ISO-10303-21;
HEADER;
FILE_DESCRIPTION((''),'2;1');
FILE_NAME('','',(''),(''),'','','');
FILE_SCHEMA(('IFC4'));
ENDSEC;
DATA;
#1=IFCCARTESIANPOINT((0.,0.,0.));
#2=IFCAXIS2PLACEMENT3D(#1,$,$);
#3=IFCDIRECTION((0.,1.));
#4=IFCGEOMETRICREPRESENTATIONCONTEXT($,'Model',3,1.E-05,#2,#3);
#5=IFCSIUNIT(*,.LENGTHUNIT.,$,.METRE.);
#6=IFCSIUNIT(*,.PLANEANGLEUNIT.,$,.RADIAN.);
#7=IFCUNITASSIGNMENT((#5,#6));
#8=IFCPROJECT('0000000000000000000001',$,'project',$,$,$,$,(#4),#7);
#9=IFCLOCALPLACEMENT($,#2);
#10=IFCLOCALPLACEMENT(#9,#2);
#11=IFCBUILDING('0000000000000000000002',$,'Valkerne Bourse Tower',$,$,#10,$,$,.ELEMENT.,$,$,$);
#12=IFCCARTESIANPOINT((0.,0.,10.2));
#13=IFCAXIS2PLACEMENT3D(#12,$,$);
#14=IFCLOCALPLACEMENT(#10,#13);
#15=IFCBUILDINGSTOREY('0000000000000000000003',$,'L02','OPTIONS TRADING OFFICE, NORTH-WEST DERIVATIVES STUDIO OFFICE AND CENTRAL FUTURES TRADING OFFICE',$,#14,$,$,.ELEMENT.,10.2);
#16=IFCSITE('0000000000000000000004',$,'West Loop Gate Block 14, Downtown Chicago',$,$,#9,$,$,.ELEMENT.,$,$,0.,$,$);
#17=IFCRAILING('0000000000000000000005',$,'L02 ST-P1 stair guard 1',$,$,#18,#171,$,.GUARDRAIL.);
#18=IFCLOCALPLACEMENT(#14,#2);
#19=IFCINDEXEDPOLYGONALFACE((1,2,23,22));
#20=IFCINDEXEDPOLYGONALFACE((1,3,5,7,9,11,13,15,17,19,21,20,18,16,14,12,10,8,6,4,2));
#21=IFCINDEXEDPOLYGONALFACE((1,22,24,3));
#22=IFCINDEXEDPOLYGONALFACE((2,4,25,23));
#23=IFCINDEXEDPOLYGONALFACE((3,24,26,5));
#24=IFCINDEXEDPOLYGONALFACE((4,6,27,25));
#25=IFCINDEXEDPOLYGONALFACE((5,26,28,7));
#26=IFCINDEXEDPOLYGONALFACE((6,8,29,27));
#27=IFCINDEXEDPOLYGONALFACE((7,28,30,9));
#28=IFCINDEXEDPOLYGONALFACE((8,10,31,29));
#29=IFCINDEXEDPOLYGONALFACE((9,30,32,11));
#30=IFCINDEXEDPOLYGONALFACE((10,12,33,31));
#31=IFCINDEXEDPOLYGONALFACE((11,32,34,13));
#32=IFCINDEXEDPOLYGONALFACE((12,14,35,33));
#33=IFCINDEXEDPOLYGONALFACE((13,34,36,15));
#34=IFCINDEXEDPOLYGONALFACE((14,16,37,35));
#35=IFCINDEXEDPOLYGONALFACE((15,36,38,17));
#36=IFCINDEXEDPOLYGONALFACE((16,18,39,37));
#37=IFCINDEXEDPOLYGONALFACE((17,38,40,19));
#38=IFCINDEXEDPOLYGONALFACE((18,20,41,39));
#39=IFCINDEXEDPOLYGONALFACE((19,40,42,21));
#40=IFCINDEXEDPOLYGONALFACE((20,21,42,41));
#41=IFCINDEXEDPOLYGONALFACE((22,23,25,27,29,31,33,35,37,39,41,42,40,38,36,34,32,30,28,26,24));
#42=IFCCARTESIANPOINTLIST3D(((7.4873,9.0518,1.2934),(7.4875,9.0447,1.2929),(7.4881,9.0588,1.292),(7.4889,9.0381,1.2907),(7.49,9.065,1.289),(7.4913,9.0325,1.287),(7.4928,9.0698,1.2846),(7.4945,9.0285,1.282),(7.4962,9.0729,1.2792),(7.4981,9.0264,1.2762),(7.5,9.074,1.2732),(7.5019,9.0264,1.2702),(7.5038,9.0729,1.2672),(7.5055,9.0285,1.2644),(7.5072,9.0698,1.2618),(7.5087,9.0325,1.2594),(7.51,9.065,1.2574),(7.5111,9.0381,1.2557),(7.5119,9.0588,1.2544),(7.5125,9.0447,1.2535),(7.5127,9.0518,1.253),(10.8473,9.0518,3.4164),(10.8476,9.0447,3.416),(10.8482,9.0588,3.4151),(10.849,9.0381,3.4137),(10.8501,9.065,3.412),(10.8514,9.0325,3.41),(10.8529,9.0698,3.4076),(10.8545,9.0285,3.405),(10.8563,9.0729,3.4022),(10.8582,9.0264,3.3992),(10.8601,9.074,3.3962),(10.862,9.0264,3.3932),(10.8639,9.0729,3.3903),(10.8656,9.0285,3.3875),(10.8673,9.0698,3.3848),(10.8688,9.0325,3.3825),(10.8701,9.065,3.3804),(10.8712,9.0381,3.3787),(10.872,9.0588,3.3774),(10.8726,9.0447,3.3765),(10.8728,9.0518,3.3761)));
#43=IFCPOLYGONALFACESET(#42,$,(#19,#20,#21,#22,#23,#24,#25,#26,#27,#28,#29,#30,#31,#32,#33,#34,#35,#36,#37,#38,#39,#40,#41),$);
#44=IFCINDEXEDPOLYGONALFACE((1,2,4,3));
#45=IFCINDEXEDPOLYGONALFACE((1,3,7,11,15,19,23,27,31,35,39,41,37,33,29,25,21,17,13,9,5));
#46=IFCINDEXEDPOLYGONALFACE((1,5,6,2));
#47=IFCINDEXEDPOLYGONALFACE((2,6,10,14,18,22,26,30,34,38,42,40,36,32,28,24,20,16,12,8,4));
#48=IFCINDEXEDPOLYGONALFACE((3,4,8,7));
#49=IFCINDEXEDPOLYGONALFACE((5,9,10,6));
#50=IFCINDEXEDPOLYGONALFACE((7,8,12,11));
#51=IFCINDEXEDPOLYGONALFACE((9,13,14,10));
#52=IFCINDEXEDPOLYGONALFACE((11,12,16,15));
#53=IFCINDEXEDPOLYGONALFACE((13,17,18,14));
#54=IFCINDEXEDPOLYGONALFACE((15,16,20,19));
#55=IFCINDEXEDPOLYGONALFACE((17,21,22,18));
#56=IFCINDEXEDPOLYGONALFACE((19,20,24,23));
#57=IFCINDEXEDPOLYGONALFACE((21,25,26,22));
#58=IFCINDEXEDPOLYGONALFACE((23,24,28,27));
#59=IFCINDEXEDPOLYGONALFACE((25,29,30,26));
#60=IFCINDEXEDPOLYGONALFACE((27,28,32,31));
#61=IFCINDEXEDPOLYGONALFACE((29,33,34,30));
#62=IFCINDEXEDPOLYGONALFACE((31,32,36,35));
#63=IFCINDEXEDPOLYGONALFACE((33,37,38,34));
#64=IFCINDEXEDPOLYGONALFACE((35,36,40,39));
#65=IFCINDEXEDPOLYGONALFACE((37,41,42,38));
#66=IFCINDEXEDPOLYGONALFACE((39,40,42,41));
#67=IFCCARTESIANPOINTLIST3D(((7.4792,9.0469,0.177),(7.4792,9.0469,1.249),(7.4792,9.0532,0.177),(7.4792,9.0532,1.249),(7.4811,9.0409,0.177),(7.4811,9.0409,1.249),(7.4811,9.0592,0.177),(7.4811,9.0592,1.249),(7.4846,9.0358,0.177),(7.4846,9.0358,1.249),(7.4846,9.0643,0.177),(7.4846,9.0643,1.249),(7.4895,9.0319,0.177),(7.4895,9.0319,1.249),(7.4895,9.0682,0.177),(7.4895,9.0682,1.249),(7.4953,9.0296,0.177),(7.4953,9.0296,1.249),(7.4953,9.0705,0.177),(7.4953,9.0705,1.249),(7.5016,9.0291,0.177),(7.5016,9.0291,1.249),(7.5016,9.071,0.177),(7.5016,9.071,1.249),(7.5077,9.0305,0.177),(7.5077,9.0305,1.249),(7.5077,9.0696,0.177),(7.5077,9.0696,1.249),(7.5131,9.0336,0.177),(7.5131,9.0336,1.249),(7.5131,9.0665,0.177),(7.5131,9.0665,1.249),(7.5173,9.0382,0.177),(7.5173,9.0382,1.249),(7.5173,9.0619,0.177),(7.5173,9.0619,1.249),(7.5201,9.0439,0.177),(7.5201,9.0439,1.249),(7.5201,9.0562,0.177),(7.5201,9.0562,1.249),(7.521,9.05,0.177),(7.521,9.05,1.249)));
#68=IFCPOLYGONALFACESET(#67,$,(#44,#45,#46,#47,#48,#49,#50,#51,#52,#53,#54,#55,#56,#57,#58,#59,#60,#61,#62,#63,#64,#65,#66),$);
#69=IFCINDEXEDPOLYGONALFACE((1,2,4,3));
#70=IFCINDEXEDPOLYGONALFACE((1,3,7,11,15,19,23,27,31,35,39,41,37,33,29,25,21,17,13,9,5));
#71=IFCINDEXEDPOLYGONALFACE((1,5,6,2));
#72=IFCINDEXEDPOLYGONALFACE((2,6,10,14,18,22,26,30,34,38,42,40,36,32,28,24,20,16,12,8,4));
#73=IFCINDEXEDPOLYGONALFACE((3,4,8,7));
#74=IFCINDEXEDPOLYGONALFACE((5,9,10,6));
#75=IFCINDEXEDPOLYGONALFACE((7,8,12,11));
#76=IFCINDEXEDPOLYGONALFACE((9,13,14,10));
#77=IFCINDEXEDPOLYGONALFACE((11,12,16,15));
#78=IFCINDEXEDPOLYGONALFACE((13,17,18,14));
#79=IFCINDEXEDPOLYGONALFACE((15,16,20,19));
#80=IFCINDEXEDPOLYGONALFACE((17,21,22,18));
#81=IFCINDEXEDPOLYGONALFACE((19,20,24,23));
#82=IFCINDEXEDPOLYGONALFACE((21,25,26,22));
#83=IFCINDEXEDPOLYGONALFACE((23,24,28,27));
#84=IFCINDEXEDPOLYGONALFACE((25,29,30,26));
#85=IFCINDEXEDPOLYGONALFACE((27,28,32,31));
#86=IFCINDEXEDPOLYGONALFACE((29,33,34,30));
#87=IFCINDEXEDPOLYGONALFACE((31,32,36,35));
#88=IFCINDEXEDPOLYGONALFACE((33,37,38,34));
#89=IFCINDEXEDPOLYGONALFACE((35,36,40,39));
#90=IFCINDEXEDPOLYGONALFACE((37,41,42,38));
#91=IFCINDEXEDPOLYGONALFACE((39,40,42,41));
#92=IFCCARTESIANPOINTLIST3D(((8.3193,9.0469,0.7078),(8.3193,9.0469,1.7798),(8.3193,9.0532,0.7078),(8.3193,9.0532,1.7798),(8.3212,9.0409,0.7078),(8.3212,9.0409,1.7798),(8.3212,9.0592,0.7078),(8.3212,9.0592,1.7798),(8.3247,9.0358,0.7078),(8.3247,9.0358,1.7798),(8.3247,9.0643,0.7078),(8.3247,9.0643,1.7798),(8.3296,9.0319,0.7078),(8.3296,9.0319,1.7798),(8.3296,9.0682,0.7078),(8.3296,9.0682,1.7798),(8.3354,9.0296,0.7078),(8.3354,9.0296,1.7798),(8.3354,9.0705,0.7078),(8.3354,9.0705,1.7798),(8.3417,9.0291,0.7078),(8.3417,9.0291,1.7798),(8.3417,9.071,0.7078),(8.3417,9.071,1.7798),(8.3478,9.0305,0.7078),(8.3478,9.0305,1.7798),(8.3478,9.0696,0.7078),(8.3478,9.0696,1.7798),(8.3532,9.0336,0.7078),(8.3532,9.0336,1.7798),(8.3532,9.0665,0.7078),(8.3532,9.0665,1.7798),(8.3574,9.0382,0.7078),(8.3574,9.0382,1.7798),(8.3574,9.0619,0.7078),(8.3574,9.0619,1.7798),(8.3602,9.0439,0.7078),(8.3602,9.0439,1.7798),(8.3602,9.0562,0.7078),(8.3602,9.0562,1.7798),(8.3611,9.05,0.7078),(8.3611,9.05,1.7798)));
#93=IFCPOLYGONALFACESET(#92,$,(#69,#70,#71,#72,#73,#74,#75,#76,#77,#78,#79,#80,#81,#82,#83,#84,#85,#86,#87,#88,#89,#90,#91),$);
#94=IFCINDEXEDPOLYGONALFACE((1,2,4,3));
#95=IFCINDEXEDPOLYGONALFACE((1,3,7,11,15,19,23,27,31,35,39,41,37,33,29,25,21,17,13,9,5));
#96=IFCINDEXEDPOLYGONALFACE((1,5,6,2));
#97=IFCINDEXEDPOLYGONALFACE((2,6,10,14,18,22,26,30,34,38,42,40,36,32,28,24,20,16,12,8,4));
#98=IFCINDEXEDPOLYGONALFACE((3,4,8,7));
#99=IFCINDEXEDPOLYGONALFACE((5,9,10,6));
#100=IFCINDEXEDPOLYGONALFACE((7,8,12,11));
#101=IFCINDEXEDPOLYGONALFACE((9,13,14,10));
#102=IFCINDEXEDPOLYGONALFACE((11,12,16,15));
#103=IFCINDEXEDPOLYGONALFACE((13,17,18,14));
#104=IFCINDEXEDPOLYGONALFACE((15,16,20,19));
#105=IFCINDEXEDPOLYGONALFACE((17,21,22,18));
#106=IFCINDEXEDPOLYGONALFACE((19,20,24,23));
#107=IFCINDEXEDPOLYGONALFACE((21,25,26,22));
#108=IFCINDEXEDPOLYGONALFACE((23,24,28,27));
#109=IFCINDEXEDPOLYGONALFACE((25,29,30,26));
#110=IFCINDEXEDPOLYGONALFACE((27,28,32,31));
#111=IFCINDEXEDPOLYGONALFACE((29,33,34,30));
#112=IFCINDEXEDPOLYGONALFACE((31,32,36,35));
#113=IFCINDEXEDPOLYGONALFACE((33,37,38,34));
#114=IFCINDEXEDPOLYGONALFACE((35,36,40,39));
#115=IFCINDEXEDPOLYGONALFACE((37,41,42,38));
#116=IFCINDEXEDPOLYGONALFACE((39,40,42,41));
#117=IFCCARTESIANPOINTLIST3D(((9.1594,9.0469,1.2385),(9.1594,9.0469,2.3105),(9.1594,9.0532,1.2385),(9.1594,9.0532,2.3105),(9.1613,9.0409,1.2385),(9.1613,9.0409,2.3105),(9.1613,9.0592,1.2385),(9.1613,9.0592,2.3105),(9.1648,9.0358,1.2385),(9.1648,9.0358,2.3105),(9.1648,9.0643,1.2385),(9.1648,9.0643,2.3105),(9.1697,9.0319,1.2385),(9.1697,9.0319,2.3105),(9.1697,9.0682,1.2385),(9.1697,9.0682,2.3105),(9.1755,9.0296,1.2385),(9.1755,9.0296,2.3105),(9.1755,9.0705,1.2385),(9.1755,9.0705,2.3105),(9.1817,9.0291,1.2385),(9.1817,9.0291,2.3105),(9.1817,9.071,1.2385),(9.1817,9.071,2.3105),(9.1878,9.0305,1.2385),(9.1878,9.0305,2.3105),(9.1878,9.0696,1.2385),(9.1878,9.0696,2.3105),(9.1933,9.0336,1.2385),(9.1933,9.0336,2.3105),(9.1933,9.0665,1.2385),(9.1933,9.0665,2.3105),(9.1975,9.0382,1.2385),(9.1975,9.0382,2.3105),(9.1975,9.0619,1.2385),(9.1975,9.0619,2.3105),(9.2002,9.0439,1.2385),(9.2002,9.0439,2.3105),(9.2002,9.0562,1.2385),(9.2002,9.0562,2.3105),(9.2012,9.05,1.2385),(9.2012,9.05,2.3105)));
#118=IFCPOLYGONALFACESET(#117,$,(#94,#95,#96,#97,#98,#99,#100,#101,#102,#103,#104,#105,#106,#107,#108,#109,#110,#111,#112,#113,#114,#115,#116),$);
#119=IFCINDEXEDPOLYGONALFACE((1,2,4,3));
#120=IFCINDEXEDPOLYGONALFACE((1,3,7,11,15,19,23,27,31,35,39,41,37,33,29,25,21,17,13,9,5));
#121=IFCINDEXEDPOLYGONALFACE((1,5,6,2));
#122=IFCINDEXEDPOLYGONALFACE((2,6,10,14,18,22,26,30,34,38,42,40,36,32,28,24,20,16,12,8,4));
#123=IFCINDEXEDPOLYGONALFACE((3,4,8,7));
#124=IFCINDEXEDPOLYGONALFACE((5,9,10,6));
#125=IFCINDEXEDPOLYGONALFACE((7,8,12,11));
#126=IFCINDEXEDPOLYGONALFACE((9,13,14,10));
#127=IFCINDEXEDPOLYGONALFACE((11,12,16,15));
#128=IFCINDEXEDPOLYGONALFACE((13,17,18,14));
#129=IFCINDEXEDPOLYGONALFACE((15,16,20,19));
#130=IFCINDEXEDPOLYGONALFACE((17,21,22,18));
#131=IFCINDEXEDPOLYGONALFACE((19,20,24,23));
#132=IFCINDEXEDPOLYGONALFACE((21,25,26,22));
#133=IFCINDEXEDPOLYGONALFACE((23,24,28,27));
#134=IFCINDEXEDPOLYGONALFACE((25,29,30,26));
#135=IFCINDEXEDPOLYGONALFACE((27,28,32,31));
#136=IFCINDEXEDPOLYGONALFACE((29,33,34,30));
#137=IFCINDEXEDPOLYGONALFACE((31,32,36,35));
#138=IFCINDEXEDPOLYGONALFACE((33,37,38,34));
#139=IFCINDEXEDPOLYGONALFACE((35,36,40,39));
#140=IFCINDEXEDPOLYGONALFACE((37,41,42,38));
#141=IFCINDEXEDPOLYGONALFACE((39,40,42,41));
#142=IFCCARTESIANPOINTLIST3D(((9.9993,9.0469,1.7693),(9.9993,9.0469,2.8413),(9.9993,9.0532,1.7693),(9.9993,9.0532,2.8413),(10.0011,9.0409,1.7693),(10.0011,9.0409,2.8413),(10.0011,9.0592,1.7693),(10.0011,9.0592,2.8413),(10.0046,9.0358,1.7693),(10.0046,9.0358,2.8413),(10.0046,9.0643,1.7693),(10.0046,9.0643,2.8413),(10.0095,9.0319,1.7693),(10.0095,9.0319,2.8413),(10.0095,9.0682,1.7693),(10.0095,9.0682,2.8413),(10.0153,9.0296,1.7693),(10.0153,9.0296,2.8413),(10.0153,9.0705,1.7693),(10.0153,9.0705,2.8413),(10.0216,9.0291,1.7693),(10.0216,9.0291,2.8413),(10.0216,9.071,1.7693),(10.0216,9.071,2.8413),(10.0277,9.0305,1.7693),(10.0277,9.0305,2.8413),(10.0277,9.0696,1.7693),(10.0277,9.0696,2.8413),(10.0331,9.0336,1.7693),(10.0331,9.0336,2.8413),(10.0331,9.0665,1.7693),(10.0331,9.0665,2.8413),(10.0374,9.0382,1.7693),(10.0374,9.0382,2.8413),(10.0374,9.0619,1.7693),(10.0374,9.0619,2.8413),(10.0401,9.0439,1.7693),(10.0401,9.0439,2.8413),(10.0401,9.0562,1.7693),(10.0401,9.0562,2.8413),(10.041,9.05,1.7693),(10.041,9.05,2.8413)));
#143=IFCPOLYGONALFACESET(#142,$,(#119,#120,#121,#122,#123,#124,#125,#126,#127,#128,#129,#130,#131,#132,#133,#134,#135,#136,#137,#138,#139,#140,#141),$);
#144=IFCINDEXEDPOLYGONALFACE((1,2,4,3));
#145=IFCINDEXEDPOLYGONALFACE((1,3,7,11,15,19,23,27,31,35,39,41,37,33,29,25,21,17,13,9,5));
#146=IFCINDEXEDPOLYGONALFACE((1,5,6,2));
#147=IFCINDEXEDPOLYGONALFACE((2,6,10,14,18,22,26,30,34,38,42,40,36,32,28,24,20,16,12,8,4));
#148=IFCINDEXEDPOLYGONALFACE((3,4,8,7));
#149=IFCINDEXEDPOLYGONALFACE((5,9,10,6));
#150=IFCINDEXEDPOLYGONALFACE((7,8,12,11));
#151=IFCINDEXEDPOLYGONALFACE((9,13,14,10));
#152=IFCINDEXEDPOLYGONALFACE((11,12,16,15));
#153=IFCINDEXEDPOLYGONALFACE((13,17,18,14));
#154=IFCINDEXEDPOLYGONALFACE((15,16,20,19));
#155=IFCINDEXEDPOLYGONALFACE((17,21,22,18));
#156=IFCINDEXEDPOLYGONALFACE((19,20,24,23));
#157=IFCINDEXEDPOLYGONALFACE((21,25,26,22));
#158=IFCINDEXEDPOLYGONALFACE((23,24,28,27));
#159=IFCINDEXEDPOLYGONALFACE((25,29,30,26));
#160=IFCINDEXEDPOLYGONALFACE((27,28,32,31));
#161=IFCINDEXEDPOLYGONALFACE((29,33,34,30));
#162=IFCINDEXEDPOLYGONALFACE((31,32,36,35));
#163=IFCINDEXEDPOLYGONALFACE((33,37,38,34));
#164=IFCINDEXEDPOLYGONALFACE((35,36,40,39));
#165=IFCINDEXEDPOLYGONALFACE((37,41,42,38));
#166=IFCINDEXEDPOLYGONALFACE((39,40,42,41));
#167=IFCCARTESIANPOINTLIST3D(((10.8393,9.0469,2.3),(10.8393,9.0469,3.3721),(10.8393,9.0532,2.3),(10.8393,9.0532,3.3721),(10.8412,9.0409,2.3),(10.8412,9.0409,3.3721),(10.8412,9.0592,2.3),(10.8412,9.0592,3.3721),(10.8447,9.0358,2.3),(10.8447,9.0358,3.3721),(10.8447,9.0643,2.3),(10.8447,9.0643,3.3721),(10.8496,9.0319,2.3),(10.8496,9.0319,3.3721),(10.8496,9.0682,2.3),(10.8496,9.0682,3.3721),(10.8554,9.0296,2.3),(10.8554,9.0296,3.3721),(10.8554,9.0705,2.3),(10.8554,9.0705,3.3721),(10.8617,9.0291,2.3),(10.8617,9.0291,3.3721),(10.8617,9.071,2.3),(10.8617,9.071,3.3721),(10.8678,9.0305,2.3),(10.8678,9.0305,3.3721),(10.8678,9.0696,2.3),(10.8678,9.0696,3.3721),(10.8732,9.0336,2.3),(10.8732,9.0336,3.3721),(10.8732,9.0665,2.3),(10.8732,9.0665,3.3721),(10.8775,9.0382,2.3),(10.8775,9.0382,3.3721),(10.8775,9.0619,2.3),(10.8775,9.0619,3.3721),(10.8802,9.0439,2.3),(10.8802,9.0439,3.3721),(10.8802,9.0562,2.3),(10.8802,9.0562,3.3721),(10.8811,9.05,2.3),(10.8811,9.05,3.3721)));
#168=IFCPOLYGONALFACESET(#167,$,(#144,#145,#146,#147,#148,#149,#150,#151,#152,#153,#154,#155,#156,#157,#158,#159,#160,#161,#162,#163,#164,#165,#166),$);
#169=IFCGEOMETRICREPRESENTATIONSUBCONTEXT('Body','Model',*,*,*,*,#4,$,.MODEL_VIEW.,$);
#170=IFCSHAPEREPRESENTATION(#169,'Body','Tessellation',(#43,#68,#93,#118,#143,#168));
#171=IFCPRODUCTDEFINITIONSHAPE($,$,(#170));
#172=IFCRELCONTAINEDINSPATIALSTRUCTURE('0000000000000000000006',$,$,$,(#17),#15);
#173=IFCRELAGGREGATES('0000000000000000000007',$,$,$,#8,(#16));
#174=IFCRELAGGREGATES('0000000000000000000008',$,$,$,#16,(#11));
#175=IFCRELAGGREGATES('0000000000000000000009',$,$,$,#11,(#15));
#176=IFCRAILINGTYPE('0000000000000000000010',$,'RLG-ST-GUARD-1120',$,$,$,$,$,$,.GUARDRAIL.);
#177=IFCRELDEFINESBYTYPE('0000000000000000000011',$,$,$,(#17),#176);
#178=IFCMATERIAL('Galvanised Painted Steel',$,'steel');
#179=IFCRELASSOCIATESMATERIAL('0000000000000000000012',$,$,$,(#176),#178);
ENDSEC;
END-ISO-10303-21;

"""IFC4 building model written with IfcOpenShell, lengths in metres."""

from ifc_helpers import new_model, si_unit, direction, frame, origin, origin_2d, place, context, subcontext, project, spatial, circle, extrude, material, type_object, element, save


model = new_model("IFC4")

# Units and contexts
model_context = context("Model", 3, precision=1e-05, world=origin(), true_north=direction((0.0, 1.0)))
body_context = subcontext(model_context, "Body", "Model", "MODEL_VIEW")
ifc_project = project(units=[si_unit("LENGTHUNIT", "METRE"), si_unit("PLANEANGLEUNIT", "RADIAN")], contexts=[model_context])

# Site, building, storey
site_placement = place(None, origin())
site = spatial("IfcSite", under=ifc_project, at=site_placement, Name="West Loop Gate Block 14, Downtown Chicago", CompositionType="ELEMENT", RefElevation=0.0)
building_placement = place(site_placement, origin())
building = spatial("IfcBuilding", under=site, at=building_placement, Name="Valkerne Bourse Tower", CompositionType="ELEMENT")
storey_placement = place(building_placement, frame((0.0, 0.0, 10.2)))
storey = spatial("IfcBuildingStorey", under=building, at=storey_placement, Name="L02", Description="OPTIONS TRADING OFFICE, NORTH-WEST DERIVATIVES STUDIO OFFICE AND CENTRAL FUTURES TRADING OFFICE", CompositionType="ELEMENT", Elevation=10.2)

# Railing
ifc_material_1 = material(Name="Galvanised Painted Steel", Category="steel")
railing_type_1 = type_object("IfcRailingType", Name="RLG-ST-GUARD-1120", PredefinedType="GUARDRAIL", material=ifc_material_1)
railing_1_placement = place(storey_placement, frame((7.5, 9.05, 0.177)))
element("IfcRailing", 1, at=railing_1_placement, inside=storey, type_object=railing_type_1, Name="L02 ST-P1 stair guard 1", PredefinedType="GUARDRAIL", context=body_context, shape_type="SweptSolid", body=[
    extrude(circle(Radius=0.0239, at=origin_2d()), frame((0.0, 0.0, 1.0962), z_axis=(0.84539, 0.0, 0.53415), x_axis=(0.0, 1.0, 0.0)), (0.0, 0.0, 1.0), 3.9746),
    extrude(circle(Radius=0.021, at=origin_2d()), origin(), (0.0, 0.0, 1.0), 1.072),
    extrude(circle(Radius=0.021, at=origin_2d()), frame((0.8401, 0.0, 0.5308)), (0.0, 0.0, 1.0), 1.072),
    extrude(circle(Radius=0.021, at=origin_2d()), frame((1.6802, 0.0, 1.0615)), (0.0, 0.0, 1.0), 1.072),
    extrude(circle(Radius=0.021, at=origin_2d()), frame((2.52, 0.0, 1.5923)), (0.0, 0.0, 1.0), 1.072),
    extrude(circle(Radius=0.021, at=origin_2d()), frame((3.3601, 0.0, 2.123)), (0.0, 0.0, 1.0), 1.072),
])

save(model, "model.ifc")
